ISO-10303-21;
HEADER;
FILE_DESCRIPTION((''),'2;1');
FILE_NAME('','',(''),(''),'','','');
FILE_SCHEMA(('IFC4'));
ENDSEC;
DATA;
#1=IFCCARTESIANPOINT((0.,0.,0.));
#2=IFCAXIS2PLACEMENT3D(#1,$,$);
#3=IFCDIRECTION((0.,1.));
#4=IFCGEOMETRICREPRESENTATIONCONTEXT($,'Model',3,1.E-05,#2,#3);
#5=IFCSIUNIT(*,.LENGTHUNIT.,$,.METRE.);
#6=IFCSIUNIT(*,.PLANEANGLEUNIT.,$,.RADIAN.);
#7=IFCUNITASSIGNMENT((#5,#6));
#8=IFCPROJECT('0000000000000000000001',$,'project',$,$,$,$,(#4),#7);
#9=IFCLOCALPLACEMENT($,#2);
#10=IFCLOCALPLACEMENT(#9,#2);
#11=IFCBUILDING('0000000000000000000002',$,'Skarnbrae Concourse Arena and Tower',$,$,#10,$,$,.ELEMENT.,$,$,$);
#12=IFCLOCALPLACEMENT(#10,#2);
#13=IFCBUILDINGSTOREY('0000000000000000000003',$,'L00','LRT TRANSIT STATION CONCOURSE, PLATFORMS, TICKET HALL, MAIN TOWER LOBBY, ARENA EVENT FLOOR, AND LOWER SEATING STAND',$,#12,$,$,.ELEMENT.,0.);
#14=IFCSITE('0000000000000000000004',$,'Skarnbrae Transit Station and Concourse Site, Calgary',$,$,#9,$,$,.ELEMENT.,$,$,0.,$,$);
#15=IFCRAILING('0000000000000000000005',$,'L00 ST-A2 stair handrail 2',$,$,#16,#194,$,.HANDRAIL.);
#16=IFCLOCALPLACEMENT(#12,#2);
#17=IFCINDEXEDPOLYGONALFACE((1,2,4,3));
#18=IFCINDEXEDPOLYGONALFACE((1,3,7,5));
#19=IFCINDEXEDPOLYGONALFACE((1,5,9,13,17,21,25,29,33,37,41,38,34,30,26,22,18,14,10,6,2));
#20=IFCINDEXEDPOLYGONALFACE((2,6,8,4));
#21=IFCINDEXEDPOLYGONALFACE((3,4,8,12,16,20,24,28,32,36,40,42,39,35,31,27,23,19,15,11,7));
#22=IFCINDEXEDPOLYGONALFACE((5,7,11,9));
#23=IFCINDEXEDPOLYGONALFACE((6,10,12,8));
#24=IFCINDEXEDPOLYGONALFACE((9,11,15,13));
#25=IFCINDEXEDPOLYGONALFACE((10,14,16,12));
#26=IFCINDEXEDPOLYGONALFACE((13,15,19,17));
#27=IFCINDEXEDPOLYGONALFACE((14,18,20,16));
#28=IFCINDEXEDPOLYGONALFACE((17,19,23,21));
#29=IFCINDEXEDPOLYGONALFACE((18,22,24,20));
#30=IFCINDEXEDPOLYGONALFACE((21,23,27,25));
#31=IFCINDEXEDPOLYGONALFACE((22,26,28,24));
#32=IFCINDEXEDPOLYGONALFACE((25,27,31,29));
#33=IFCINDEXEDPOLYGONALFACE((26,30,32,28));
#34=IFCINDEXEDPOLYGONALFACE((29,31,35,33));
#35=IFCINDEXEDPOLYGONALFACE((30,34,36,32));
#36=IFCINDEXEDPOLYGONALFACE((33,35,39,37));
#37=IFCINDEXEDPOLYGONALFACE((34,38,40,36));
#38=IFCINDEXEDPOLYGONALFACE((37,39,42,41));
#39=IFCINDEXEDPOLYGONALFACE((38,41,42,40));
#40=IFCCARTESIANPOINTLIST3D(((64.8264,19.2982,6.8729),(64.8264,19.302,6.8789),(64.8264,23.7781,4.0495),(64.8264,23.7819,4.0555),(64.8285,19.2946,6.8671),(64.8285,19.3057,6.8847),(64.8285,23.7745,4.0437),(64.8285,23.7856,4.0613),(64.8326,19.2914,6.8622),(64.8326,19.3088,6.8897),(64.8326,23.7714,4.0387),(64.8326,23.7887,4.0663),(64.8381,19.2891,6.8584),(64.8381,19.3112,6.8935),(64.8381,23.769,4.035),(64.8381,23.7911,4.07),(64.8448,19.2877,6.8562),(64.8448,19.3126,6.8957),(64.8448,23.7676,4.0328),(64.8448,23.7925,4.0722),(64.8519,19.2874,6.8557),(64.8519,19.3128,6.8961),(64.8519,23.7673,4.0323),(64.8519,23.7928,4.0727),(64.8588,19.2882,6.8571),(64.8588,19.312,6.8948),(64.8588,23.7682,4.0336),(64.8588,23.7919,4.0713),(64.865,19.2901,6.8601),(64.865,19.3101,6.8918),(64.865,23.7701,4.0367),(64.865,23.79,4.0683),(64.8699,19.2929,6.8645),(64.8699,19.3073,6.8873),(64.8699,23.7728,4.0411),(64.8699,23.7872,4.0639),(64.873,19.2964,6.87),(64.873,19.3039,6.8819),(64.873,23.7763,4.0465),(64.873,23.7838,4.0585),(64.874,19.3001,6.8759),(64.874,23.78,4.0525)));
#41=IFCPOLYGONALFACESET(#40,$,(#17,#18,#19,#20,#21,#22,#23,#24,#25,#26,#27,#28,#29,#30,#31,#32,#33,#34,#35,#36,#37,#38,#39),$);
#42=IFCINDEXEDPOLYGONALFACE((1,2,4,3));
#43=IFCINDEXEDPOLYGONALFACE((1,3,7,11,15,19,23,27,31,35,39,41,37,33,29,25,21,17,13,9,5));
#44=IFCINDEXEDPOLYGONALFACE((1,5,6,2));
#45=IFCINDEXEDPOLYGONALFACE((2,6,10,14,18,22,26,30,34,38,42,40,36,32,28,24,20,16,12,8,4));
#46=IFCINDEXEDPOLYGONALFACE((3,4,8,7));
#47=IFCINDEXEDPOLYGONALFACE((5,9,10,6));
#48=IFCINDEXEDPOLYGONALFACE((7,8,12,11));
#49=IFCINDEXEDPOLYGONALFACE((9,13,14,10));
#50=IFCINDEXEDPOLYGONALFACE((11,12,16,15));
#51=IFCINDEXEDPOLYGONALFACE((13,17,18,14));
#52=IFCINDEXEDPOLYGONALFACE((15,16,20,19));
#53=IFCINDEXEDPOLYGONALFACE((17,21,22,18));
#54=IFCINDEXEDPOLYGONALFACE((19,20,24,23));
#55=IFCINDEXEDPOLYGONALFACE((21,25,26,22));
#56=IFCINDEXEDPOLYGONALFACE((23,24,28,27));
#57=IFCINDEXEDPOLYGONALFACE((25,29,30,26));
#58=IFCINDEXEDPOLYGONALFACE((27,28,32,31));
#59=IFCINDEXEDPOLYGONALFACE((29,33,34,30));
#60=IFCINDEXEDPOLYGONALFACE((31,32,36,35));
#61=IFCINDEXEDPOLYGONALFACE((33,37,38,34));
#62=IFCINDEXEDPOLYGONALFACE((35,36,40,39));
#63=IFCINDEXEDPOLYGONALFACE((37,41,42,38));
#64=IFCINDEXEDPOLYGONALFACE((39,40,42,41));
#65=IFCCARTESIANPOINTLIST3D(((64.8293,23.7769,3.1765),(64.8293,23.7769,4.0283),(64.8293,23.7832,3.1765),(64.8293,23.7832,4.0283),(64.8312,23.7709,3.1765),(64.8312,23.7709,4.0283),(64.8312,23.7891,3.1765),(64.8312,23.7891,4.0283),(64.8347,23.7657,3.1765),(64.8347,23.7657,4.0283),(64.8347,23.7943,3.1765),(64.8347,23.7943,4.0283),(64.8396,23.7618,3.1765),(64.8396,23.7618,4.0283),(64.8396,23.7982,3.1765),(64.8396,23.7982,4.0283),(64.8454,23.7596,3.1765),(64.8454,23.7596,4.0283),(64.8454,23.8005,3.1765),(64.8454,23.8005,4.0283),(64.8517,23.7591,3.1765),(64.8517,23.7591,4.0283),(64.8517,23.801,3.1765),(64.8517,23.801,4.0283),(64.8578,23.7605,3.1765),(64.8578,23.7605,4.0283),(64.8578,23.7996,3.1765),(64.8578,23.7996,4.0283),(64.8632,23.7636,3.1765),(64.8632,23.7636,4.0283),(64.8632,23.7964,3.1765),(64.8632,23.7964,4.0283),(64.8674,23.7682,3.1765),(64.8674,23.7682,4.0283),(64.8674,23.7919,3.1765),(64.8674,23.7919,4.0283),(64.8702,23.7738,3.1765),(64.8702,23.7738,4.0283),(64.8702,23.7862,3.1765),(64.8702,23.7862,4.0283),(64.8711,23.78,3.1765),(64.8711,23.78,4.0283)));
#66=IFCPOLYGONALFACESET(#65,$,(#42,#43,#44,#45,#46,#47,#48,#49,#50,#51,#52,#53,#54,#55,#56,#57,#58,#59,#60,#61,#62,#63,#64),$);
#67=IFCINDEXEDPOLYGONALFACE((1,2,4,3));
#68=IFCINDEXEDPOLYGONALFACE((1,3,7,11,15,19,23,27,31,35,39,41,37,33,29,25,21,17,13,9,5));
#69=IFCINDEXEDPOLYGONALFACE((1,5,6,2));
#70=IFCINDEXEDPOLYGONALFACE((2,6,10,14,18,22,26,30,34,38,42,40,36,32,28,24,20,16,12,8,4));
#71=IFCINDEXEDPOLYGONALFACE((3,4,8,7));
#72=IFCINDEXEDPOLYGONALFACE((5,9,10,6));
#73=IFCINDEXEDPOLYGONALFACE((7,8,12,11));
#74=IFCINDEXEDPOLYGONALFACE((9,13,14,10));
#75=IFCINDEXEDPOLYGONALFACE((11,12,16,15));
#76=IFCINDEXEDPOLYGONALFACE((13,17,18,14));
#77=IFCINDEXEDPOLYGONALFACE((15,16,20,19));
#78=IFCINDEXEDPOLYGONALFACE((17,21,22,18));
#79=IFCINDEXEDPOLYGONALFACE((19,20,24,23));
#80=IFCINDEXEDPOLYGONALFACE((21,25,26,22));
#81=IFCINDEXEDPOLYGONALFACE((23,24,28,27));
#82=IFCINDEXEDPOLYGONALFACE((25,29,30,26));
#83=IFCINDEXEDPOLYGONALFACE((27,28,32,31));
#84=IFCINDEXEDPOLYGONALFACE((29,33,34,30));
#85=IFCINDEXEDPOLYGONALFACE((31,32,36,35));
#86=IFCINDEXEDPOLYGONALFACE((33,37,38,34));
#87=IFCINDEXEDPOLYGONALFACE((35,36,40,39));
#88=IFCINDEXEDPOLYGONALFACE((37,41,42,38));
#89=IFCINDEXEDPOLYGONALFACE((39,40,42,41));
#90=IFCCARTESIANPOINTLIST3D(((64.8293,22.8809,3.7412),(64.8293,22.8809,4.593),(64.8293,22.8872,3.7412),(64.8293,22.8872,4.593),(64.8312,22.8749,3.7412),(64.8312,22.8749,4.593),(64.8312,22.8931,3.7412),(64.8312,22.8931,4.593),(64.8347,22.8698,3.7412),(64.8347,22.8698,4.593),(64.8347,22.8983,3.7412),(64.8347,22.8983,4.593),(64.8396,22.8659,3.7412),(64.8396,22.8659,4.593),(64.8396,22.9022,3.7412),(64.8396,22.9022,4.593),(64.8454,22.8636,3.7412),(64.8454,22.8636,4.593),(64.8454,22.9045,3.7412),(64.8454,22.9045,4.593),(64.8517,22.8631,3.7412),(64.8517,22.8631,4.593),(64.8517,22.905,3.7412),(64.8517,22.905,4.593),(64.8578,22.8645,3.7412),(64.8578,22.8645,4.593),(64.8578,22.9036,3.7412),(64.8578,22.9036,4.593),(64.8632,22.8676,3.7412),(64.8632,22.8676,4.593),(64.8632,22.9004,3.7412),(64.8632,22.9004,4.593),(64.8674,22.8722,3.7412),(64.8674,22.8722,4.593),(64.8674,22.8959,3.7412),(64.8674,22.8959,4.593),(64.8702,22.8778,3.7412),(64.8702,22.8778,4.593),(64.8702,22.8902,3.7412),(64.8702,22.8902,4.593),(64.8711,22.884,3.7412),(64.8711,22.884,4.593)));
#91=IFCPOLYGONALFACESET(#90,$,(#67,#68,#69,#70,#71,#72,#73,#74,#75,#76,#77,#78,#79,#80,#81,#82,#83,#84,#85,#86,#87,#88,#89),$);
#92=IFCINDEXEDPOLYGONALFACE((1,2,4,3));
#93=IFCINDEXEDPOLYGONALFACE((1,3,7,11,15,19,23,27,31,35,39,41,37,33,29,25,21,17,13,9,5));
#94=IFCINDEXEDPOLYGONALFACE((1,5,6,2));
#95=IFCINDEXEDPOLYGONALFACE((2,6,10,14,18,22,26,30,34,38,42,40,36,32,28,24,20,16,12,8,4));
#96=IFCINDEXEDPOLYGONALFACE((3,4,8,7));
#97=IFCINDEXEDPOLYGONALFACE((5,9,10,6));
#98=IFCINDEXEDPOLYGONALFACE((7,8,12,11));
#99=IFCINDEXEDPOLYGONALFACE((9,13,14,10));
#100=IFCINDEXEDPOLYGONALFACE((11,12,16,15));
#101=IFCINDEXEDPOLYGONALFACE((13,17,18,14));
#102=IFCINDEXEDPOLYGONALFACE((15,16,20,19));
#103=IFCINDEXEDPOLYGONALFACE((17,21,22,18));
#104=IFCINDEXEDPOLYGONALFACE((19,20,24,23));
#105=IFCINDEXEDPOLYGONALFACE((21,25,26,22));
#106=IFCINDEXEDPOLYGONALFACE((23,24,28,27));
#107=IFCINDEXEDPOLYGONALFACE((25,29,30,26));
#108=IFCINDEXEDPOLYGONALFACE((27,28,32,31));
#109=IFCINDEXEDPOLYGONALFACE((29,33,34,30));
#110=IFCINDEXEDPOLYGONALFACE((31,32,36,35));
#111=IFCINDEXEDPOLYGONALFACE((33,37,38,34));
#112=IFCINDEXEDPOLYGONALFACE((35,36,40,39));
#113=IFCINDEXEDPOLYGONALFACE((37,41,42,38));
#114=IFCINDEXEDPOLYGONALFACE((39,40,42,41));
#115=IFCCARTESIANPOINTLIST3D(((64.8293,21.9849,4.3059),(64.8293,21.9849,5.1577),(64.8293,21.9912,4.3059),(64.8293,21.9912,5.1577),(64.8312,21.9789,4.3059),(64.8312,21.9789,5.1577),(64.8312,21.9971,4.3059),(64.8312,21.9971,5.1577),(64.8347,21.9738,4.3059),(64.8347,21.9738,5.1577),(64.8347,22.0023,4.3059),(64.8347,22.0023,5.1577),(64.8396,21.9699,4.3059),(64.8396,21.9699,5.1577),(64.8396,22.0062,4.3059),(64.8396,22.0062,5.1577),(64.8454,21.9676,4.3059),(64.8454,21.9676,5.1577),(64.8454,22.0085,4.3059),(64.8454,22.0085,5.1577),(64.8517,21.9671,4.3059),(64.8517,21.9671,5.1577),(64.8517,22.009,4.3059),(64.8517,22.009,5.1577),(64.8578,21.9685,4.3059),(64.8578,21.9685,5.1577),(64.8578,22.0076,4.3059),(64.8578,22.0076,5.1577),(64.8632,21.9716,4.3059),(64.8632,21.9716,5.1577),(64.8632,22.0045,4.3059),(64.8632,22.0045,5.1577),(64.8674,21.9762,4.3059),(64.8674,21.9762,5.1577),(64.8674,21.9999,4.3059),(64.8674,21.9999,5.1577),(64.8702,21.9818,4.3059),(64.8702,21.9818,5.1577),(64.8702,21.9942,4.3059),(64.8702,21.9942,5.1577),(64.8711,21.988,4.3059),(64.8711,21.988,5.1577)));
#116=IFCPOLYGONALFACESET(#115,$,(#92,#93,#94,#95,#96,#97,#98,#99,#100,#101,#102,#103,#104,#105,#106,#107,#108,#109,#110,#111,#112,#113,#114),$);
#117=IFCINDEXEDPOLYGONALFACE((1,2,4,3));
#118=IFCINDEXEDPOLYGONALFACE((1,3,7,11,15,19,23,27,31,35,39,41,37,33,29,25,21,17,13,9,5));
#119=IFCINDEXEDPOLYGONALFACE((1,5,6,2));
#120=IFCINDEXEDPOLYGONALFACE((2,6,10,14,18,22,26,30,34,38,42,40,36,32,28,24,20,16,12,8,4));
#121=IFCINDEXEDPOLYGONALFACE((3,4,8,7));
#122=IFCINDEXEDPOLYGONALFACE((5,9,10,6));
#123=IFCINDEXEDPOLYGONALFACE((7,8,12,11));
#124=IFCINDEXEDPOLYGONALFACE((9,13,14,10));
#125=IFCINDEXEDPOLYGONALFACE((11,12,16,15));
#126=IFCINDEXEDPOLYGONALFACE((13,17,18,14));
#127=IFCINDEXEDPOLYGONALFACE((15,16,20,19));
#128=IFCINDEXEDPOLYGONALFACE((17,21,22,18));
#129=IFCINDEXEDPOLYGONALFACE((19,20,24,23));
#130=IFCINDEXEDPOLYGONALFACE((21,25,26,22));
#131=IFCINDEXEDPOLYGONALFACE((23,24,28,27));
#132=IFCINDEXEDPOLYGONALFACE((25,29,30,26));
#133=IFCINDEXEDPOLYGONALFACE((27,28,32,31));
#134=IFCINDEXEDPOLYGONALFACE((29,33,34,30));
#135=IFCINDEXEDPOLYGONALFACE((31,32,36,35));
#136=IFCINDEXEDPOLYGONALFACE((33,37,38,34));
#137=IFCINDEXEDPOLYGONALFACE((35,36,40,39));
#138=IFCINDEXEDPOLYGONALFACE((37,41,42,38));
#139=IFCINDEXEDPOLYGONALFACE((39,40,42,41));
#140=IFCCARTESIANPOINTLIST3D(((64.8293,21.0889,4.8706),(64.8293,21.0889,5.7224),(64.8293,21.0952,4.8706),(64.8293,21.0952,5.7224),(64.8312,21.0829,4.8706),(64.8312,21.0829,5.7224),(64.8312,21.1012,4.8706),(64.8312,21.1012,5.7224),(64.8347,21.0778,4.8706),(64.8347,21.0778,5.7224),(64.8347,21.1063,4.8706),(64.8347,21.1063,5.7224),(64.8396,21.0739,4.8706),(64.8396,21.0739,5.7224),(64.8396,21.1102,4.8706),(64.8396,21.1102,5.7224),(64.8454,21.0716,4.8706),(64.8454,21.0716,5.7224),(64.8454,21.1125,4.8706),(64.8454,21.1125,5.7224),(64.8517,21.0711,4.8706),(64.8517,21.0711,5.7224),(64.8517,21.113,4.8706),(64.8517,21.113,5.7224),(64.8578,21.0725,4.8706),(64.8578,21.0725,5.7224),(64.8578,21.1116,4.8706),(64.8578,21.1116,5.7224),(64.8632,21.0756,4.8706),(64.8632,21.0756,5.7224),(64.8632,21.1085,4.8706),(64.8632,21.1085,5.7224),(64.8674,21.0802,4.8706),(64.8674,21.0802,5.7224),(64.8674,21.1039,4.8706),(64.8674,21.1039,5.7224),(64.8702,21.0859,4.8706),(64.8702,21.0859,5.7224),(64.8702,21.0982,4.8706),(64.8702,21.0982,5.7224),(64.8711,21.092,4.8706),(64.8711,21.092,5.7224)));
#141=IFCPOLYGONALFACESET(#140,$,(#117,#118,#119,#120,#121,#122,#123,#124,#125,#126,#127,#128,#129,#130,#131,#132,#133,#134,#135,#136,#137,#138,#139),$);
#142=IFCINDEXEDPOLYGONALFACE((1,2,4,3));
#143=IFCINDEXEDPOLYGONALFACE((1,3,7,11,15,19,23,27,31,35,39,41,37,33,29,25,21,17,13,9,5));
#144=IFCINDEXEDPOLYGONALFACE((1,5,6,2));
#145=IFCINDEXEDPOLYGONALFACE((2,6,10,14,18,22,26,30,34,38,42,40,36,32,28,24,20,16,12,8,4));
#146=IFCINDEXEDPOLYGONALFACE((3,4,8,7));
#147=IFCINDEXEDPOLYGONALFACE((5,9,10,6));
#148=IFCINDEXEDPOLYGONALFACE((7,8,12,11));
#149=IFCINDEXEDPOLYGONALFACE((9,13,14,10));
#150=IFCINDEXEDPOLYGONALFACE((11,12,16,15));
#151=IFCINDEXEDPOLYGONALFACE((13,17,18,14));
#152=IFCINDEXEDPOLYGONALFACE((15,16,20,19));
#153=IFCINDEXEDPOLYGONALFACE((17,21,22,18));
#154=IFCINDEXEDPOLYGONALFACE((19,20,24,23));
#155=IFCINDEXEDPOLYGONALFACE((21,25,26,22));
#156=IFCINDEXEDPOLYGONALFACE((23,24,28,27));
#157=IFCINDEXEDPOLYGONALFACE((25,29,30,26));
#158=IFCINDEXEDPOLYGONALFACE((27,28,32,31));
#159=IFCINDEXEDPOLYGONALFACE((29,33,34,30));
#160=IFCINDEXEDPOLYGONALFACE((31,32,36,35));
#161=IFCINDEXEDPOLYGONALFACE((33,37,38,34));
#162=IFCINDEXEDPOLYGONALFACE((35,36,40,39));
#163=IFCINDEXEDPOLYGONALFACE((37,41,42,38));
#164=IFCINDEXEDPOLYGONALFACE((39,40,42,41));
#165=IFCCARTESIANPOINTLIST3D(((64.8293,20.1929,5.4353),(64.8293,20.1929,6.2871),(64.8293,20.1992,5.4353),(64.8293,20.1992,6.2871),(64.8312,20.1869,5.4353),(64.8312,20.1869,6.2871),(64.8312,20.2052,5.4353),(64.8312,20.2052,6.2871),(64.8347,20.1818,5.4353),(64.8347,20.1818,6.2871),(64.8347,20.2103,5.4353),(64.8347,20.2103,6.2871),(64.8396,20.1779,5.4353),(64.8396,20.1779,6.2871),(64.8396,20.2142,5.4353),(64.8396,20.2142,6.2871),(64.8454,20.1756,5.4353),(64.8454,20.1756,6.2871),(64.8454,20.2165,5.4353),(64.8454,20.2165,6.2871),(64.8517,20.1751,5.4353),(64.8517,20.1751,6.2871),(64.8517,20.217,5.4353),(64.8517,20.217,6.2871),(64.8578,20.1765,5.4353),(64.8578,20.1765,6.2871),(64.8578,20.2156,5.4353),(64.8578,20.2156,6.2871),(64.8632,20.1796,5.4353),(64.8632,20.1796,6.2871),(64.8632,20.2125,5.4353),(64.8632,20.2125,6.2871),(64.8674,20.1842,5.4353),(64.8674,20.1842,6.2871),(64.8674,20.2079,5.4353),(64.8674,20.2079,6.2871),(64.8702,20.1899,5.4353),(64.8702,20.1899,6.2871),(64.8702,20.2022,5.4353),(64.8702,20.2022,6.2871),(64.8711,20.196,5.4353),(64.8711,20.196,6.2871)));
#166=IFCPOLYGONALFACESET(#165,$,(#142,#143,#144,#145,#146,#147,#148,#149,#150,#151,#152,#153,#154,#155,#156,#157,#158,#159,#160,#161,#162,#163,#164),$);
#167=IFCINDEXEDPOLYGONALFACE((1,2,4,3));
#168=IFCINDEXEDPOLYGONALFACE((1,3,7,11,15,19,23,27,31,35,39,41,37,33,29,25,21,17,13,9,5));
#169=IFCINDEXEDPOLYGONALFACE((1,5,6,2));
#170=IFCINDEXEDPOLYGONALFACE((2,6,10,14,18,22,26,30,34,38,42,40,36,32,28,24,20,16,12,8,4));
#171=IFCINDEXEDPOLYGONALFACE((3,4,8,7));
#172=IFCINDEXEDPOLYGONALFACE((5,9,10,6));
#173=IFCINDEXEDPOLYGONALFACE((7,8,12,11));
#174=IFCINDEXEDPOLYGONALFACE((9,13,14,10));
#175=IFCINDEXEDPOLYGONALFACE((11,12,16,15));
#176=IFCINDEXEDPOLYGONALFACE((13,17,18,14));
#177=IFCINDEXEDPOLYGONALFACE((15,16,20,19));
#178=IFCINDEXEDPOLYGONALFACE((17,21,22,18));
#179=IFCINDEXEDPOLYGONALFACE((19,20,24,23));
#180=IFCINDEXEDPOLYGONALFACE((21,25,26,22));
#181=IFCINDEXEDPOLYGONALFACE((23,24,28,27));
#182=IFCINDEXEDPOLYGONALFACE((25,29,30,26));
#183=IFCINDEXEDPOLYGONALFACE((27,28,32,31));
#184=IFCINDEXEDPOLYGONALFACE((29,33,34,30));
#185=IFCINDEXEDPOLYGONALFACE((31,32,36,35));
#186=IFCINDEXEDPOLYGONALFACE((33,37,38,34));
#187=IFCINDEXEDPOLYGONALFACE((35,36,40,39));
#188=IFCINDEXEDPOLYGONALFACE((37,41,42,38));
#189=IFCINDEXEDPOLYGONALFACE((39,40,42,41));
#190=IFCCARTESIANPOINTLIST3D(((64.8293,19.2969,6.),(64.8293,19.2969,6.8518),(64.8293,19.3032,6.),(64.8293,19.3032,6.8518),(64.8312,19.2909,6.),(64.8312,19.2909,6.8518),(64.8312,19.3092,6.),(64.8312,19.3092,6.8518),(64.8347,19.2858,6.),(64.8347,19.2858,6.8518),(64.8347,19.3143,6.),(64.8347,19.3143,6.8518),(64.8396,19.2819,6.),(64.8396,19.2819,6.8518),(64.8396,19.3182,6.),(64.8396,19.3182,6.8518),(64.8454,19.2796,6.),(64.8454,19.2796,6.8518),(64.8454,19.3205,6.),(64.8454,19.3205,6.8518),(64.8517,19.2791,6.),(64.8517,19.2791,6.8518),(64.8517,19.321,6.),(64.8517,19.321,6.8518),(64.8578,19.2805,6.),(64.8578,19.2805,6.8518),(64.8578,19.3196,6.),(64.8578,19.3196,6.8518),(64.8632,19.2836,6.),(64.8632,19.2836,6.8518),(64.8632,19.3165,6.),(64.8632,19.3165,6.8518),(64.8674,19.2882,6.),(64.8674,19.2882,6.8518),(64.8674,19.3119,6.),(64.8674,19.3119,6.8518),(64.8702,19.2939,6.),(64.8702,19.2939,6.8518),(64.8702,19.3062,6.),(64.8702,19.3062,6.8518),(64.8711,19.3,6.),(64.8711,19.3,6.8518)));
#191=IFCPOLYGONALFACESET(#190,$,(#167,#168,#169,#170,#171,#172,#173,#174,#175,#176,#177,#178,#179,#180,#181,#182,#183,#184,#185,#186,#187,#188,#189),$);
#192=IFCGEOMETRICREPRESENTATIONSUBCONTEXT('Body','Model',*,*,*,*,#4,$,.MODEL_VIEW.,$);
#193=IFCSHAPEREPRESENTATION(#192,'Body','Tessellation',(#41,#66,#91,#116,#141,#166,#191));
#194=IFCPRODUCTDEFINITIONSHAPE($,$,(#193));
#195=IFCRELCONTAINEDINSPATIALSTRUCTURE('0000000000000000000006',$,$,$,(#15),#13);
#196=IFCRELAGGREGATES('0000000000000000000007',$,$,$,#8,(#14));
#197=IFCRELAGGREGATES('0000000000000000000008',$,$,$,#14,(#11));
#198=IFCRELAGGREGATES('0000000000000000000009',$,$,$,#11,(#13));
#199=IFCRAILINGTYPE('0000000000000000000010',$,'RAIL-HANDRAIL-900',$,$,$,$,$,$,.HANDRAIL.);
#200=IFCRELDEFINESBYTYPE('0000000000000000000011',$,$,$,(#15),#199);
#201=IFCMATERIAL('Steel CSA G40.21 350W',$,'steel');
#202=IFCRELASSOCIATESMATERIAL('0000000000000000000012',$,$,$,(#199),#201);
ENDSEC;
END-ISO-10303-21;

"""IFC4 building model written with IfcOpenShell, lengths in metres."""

from ifc_helpers import new_model, si_unit, direction, frame, origin, origin_2d, place, context, subcontext, project, spatial, circle, extrude, material, type_object, element, save


model = new_model("IFC4")

# Units and contexts
model_context = context("Model", 3, precision=1e-05, world=origin(), true_north=direction((0.0, 1.0)))
body_context = subcontext(model_context, "Body", "Model", "MODEL_VIEW")
ifc_project = project(units=[si_unit("LENGTHUNIT", "METRE"), si_unit("PLANEANGLEUNIT", "RADIAN")], contexts=[model_context])

# Site, building, storey
site_placement = place(None, origin())
site = spatial("IfcSite", under=ifc_project, at=site_placement, Name="Skarnbrae Transit Station and Concourse Site, Calgary", CompositionType="ELEMENT", RefElevation=0.0)
building_placement = place(site_placement, origin())
building = spatial("IfcBuilding", under=site, at=building_placement, Name="Skarnbrae Concourse Arena and Tower", CompositionType="ELEMENT")
storey_placement = place(building_placement, origin())
storey = spatial("IfcBuildingStorey", under=building, at=storey_placement, Name="L00", Description="LRT TRANSIT STATION CONCOURSE, PLATFORMS, TICKET HALL, MAIN TOWER LOBBY, ARENA EVENT FLOOR, AND LOWER SEATING STAND", CompositionType="ELEMENT", Elevation=0.0)

# Shared definitions
ifc_material_1 = material(Name="Steel CSA G40.21 350W", Category="steel")

# Railing
railing_type_1 = type_object("IfcRailingType", Name="RAIL-HANDRAIL-900", PredefinedType="HANDRAIL", material=ifc_material_1)
railing_1_placement = place(storey_placement, frame((64.8501, 23.78, 3.1765)))
element("IfcRailing", 1, at=railing_1_placement, inside=storey, type_object=railing_type_1, Name="L00 ST-A2 stair handrail 2", PredefinedType="HANDRAIL", context=body_context, shape_type="SweptSolid", body=[
    extrude(circle(Radius=0.0239, at=origin_2d()), frame((0.0, 0.0, 0.876), z_axis=(0.0, -0.845998, 0.533186), x_axis=(1.0, 0.0, 0.0)), (0.0, 0.0, 1.0), 5.2954),
    extrude(circle(Radius=0.021, at=origin_2d()), origin(), (0.0, 0.0, 1.0), 0.8518),
    extrude(circle(Radius=0.021, at=origin_2d()), frame((0.0, -0.896, 0.5647)), (0.0, 0.0, 1.0), 0.8518),
    extrude(circle(Radius=0.021, at=origin_2d()), frame((0.0, -1.792, 1.1294)), (0.0, 0.0, 1.0), 0.8518),
    extrude(circle(Radius=0.021, at=origin_2d()), frame((0.0, -2.688, 1.6941)), (0.0, 0.0, 1.0), 0.8518),
    extrude(circle(Radius=0.021, at=origin_2d()), frame((0.0, -3.584, 2.2588)), (0.0, 0.0, 1.0), 0.8518),
    extrude(circle(Radius=0.021, at=origin_2d()), frame((0.0, -4.48, 2.8235)), (0.0, 0.0, 1.0), 0.8518),
])

save(model, "model.ifc")
